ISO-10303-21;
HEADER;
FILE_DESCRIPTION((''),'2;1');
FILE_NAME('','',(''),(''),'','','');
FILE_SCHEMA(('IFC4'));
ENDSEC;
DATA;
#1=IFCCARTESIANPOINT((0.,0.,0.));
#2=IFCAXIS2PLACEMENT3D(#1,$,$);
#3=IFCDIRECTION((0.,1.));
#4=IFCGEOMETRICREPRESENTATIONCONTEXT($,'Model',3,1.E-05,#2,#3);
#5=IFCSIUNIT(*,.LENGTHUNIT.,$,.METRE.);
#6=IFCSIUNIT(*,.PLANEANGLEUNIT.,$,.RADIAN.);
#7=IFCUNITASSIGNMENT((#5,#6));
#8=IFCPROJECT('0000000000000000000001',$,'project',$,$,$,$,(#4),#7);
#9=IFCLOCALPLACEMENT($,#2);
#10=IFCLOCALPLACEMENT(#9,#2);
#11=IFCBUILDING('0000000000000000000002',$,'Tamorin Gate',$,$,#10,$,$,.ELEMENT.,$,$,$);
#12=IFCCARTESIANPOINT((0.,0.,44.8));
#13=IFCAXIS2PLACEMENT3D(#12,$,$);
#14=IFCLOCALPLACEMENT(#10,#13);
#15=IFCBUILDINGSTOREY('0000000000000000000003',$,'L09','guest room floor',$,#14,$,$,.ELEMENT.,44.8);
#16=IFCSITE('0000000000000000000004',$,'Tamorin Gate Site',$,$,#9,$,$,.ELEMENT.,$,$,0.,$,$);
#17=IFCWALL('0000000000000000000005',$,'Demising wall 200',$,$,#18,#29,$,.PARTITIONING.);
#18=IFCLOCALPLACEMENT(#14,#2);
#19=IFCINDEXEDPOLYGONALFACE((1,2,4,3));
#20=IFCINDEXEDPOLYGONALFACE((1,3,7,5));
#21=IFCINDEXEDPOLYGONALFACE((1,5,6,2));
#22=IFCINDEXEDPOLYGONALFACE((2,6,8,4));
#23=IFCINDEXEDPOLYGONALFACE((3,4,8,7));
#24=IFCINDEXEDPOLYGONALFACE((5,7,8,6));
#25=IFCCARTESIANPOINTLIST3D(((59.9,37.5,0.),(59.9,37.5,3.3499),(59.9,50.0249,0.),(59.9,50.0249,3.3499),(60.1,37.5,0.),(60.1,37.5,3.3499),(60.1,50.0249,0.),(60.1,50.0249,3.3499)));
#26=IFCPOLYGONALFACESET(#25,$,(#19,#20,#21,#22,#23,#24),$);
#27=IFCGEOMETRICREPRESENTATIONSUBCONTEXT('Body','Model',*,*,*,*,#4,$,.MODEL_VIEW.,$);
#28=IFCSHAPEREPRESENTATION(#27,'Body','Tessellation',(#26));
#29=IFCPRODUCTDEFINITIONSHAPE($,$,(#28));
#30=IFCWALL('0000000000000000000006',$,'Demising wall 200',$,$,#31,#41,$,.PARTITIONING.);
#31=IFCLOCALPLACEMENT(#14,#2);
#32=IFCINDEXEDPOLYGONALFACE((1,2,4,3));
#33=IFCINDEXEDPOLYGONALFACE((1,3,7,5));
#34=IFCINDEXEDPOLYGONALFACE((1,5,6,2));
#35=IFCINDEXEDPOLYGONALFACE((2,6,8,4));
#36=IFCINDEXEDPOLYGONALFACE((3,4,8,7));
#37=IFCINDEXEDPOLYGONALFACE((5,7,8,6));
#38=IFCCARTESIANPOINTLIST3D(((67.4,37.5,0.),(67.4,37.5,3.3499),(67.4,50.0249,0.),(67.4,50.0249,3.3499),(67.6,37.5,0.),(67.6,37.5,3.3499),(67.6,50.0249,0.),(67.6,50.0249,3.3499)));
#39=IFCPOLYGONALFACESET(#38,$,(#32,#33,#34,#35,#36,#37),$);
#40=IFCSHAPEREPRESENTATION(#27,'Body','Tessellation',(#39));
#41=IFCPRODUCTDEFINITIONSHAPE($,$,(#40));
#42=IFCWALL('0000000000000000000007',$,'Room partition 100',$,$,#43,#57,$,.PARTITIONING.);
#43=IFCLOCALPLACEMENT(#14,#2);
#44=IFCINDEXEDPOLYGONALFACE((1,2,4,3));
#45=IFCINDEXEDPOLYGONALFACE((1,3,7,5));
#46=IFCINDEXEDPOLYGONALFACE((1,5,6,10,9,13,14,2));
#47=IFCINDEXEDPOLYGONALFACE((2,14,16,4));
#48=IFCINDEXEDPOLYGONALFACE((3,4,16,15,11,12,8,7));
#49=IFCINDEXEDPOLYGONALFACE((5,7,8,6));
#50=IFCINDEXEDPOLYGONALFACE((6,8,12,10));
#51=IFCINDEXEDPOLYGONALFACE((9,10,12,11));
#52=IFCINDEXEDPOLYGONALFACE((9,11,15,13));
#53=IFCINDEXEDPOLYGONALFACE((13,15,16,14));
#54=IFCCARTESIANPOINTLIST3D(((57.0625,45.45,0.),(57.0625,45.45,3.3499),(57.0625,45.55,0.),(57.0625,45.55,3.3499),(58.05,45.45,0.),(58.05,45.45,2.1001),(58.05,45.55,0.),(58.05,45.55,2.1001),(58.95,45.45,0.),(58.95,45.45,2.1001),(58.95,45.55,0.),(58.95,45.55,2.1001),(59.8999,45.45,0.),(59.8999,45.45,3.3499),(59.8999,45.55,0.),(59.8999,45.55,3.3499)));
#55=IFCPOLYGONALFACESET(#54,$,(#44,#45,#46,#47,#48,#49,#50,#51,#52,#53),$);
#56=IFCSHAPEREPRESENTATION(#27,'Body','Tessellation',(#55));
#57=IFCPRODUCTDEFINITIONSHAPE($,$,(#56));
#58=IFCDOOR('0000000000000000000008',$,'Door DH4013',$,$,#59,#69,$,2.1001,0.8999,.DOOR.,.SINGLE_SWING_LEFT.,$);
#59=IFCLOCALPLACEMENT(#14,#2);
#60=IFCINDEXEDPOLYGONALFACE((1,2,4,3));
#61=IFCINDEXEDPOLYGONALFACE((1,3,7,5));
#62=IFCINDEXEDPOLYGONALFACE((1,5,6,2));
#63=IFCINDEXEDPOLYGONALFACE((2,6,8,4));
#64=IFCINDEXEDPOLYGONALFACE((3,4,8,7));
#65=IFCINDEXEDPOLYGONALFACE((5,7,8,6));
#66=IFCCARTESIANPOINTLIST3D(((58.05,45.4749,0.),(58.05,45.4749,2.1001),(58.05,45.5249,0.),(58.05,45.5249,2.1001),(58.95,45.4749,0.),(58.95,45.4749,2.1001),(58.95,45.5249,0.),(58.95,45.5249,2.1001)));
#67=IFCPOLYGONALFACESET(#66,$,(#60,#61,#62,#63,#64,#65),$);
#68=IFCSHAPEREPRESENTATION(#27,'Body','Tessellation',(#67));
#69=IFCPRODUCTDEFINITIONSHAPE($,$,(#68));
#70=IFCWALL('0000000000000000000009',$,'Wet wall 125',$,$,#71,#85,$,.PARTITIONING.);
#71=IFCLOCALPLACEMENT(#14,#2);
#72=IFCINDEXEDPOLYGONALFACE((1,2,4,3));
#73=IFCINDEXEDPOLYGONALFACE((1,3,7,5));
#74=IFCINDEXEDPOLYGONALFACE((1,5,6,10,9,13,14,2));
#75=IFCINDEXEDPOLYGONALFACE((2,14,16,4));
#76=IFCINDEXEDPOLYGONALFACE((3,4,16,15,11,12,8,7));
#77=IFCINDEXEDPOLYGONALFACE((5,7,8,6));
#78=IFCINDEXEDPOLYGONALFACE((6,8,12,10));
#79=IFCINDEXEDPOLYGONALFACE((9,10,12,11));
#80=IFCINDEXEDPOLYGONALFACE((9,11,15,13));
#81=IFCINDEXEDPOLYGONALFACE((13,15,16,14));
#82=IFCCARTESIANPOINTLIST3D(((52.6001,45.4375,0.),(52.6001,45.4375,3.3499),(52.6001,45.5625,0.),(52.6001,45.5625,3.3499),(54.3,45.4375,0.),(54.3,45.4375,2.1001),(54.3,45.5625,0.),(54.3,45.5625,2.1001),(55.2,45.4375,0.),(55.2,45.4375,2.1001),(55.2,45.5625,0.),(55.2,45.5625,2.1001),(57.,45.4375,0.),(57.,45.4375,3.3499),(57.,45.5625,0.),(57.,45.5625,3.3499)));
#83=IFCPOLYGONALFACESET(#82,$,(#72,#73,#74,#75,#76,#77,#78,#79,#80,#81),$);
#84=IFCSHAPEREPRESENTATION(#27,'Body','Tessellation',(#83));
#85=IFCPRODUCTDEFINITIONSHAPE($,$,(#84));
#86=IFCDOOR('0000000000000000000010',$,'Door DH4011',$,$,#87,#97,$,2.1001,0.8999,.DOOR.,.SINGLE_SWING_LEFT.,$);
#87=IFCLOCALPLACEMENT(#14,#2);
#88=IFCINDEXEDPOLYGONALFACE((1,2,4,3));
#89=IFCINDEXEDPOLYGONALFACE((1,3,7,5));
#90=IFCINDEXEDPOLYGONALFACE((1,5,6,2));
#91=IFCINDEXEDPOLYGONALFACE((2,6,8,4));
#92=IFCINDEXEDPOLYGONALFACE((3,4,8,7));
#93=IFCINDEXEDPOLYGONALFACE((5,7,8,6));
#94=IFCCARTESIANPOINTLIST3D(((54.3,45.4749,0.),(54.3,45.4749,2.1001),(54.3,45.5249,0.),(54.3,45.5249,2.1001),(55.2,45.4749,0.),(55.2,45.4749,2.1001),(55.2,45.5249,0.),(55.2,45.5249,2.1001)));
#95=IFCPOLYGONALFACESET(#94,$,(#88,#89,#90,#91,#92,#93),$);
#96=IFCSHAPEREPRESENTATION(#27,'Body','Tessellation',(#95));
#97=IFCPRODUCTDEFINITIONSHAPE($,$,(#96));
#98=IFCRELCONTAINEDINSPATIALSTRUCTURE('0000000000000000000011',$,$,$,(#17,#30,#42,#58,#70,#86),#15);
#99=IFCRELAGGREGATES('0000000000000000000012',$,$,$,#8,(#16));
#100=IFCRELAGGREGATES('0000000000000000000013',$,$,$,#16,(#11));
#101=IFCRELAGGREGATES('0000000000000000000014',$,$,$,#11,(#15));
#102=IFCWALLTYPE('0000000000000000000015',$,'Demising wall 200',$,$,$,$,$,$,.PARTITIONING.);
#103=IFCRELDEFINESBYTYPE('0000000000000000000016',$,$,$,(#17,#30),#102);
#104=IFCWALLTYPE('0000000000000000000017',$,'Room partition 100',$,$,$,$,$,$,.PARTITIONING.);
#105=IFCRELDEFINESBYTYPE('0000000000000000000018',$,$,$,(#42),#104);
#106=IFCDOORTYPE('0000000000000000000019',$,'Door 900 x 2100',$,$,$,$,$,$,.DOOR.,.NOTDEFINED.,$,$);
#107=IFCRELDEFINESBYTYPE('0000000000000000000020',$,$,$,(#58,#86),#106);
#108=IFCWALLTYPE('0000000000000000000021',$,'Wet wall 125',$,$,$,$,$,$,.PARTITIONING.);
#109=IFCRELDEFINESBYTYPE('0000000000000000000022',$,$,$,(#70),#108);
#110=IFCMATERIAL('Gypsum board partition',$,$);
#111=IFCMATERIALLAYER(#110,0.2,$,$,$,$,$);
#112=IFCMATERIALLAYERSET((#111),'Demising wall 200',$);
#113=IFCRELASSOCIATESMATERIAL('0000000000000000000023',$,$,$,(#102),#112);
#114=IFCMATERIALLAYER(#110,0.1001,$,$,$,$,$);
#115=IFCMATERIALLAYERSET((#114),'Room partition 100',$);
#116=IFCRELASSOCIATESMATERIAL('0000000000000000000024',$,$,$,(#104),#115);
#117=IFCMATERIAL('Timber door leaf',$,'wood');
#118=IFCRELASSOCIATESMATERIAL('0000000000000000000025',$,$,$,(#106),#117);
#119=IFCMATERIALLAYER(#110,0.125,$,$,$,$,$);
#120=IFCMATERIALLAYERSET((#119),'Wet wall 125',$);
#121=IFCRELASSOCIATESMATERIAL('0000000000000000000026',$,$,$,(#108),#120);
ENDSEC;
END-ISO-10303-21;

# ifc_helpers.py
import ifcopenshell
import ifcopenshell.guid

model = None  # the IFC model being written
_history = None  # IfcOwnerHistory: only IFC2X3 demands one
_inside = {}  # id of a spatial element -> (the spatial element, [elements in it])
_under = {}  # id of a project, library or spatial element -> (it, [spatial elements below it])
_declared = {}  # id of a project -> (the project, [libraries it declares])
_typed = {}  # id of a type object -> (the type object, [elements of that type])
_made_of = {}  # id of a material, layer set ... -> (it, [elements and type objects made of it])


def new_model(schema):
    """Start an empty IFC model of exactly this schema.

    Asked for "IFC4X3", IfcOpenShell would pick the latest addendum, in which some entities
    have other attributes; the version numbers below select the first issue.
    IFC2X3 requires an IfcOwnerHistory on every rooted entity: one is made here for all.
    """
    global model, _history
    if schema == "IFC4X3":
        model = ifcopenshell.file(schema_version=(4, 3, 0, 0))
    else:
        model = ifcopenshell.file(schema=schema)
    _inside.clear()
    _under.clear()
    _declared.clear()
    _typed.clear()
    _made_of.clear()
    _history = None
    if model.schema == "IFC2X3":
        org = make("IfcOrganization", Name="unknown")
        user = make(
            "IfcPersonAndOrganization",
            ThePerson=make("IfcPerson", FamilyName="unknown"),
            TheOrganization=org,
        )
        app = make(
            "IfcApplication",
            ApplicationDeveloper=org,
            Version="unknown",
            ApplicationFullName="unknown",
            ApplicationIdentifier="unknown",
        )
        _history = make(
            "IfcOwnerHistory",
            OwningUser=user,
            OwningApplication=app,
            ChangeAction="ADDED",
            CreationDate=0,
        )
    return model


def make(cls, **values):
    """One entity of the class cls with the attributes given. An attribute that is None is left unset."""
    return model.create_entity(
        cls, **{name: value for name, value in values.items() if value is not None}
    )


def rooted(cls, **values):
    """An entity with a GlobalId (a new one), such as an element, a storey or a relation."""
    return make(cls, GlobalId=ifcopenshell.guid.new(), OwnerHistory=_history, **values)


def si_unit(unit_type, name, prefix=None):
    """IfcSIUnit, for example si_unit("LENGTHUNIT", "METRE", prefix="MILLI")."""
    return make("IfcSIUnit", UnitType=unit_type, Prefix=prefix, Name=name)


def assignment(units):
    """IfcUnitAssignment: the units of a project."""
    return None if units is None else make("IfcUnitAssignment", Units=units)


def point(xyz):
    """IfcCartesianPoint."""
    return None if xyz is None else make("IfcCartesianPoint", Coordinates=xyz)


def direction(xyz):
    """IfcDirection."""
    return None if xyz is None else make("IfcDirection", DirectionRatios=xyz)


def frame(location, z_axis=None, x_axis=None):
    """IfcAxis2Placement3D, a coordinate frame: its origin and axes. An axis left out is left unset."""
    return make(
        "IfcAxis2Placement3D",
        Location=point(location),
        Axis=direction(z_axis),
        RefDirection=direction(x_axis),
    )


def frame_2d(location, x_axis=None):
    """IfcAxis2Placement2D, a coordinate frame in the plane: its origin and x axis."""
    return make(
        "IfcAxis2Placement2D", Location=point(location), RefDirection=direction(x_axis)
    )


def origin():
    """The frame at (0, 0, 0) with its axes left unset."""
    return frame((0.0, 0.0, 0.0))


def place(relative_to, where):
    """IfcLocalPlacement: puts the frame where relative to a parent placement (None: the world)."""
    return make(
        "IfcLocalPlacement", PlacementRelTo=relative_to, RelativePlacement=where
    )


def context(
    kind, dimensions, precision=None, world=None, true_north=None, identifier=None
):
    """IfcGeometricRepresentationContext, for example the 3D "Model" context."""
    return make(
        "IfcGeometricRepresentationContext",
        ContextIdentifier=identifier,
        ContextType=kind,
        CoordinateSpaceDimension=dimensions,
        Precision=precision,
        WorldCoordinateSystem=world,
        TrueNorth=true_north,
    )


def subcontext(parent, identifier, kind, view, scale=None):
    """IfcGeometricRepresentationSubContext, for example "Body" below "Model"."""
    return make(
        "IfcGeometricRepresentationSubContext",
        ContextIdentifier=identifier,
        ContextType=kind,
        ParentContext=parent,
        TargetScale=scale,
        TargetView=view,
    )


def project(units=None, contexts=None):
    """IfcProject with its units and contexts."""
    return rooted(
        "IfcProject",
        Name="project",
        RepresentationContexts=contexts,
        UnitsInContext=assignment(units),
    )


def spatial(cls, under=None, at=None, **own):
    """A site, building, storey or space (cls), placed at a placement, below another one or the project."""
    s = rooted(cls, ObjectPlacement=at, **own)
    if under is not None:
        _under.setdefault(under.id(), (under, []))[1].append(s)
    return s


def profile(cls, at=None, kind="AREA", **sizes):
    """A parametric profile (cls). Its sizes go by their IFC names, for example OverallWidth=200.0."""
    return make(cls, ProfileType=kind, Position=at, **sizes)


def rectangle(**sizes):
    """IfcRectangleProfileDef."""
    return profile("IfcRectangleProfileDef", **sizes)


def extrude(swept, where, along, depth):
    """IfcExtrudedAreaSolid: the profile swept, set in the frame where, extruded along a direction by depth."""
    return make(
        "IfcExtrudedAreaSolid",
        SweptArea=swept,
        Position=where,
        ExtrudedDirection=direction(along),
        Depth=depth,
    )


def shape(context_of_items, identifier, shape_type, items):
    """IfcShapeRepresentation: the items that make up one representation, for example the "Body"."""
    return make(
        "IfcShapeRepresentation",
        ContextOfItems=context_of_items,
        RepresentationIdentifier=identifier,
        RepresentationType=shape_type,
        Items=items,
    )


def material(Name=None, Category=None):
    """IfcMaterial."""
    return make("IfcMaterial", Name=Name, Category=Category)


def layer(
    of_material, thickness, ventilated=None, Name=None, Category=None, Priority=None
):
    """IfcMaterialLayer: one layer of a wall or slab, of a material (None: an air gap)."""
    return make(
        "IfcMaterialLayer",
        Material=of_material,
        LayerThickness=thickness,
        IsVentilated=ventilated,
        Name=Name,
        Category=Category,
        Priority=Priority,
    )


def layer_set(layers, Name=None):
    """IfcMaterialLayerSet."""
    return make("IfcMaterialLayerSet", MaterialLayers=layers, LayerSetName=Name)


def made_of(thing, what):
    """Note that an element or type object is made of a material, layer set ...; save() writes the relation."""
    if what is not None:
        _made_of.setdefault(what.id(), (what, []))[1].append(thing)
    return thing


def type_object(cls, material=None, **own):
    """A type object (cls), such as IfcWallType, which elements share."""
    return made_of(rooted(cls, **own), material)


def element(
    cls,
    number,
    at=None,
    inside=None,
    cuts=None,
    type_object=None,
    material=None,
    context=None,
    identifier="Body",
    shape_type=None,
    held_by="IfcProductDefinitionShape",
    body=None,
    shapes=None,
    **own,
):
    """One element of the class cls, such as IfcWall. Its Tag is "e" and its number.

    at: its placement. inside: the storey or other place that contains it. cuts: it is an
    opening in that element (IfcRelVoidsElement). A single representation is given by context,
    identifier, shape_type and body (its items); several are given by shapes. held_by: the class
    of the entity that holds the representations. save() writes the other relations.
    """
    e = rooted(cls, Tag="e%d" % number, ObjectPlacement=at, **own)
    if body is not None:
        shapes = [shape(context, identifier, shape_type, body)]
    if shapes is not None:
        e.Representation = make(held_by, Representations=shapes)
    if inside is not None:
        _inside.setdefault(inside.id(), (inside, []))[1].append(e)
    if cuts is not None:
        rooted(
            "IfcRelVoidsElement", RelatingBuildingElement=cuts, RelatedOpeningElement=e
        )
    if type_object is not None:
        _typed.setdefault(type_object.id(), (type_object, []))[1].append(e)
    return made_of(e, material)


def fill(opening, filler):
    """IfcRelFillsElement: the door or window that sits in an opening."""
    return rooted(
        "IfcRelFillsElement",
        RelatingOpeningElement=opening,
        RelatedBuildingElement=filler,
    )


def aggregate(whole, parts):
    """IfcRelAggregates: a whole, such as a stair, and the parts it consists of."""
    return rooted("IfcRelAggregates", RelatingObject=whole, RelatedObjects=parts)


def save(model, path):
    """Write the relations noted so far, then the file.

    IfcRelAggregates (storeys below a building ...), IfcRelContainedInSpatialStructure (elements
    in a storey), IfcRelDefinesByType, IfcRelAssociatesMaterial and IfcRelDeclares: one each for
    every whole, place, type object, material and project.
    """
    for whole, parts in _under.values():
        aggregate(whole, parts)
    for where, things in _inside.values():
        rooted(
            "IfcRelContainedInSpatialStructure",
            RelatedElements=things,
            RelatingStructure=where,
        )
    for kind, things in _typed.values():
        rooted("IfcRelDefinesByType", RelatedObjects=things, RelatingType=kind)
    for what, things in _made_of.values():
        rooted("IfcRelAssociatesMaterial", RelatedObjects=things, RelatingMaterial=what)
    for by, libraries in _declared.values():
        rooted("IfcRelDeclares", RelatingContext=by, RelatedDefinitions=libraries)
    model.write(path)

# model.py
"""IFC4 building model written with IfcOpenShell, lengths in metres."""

from ifc_helpers import new_model, si_unit, direction, frame, frame_2d, origin, place, context, subcontext, project, spatial, rectangle, extrude, material, layer, layer_set, type_object, element, fill, save


model = new_model("IFC4")

# Units and contexts
model_context = context("Model", 3, precision=1e-05, world=origin(), true_north=direction((0.0, 1.0)))
body_context = subcontext(model_context, "Body", "Model", "MODEL_VIEW")
ifc_project = project(units=[si_unit("LENGTHUNIT", "METRE"), si_unit("PLANEANGLEUNIT", "RADIAN")], contexts=[model_context])

# Site, building, storey
site_placement = place(None, origin())
site = spatial("IfcSite", under=ifc_project, at=site_placement, Name="Tamorin Gate Site", CompositionType="ELEMENT", RefElevation=0.0)
building_placement = place(site_placement, origin())
building = spatial("IfcBuilding", under=site, at=building_placement, Name="Tamorin Gate", CompositionType="ELEMENT")
storey_placement = place(building_placement, frame((0.0, 0.0, 44.8)))
storey = spatial("IfcBuildingStorey", under=building, at=storey_placement, Name="L09", Description="guest room floor", CompositionType="ELEMENT", Elevation=44.8)

# Walls
ifc_material_1 = material(Name="Gypsum board partition")
ifc_layer_1 = layer(ifc_material_1, 0.2)
ifc_layer_set_1 = layer_set([ifc_layer_1], Name="Demising wall 200")
wall_type_1 = type_object("IfcWallType", Name="Demising wall 200", PredefinedType="PARTITIONING", material=ifc_layer_set_1)
for number, where, z_axis, x_axis, name in (
    (1, (60.0, 37.5, 0.0), (0.0, 0.0, 1.0), (0.0, 1.0, 0.0), "Demising wall 200"),
    (2, (67.5, 37.5, 0.0), (0.0, 0.0, 1.0), (0.0, 1.0, 0.0), "Demising wall 200"),
):
    element("IfcWall", number, at=place(storey_placement, frame(where, z_axis=z_axis, x_axis=x_axis)), inside=storey, type_object=wall_type_1, Name=name, PredefinedType="PARTITIONING", context=body_context, shape_type="SweptSolid", body=[
        extrude(rectangle(XDim=12.5249, YDim=0.2, at=frame_2d((6.2625, 0.0))), origin(), (0.0, 0.0, 1.0), 3.3499),
    ])

# Walls, openings, doors
ifc_layer_2 = layer(ifc_material_1, 0.1001)
ifc_layer_set_2 = layer_set([ifc_layer_2], Name="Room partition 100")
wall_type_2 = type_object("IfcWallType", Name="Room partition 100", PredefinedType="PARTITIONING", material=ifc_layer_set_2)
wall_1_placement = place(storey_placement, frame((57.0625, 45.5, 0.0), z_axis=(0.0, 0.0, 1.0), x_axis=(1.0, 0.0, 0.0)))
wall_1 = element("IfcWall", 3, at=wall_1_placement, inside=storey, type_object=wall_type_2, Name="Room partition 100", PredefinedType="PARTITIONING", context=body_context, shape_type="SweptSolid", body=[
    extrude(rectangle(XDim=2.8374, YDim=0.1001, at=frame_2d((1.4187, 0.0))), origin(), (0.0, 0.0, 1.0), 3.3499),
])
opening_1_placement = place(wall_1_placement, frame((0.9875, 0.0, 0.0)))
opening_1 = element("IfcOpeningElement", 4, at=opening_1_placement, cuts=wall_1, PredefinedType="OPENING", context=body_context, shape_type="SweptSolid", body=[
    extrude(rectangle(XDim=0.8999, YDim=2.1001, at=frame_2d((0.45, 1.05))), frame((0.0, 0.0601, 0.0), z_axis=(0.0, -1.0, 0.0), x_axis=(1.0, 0.0, 0.0)), (0.0, 0.0, 1.0), 0.1201),
])
ifc_material_2 = material(Name="Timber door leaf", Category="wood")
door_type = type_object("IfcDoorType", Name="Door 900 x 2100", OperationType="NOTDEFINED", PredefinedType="DOOR", material=ifc_material_2)
door_1_placement = place(opening_1_placement, origin())
door_1 = element("IfcDoor", 5, at=door_1_placement, inside=storey, type_object=door_type, Name="Door DH4013", OperationType="SINGLE_SWING_LEFT", OverallHeight=2.1001, OverallWidth=0.8999, PredefinedType="DOOR", context=body_context, shape_type="SweptSolid", body=[
    extrude(rectangle(XDim=0.8999, YDim=2.1001, at=frame_2d((0.45, 1.05))), frame((0.0, 0.0249, 0.0), z_axis=(0.0, -1.0, 0.0), x_axis=(1.0, 0.0, 0.0)), (0.0, 0.0, 1.0), 0.05),
])
fill(opening_1, door_1)
ifc_layer_3 = layer(ifc_material_1, 0.125)
ifc_layer_set_3 = layer_set([ifc_layer_3], Name="Wet wall 125")
wall_type_3 = type_object("IfcWallType", Name="Wet wall 125", PredefinedType="PARTITIONING", material=ifc_layer_set_3)
wall_2_placement = place(storey_placement, frame((52.6001, 45.5, 0.0), z_axis=(0.0, 0.0, 1.0), x_axis=(1.0, 0.0, 0.0)))
wall_2 = element("IfcWall", 6, at=wall_2_placement, inside=storey, type_object=wall_type_3, Name="Wet wall 125", PredefinedType="PARTITIONING", context=body_context, shape_type="SweptSolid", body=[
    extrude(rectangle(XDim=4.3999, YDim=0.125, at=frame_2d((2.2, 0.0))), origin(), (0.0, 0.0, 1.0), 3.3499),
])
opening_2_placement = place(wall_2_placement, frame((1.7, 0.0, 0.0)))
opening_2 = element("IfcOpeningElement", 7, at=opening_2_placement, cuts=wall_2, PredefinedType="OPENING", context=body_context, shape_type="SweptSolid", body=[
    extrude(rectangle(XDim=0.8999, YDim=2.1001, at=frame_2d((0.45, 1.05))), frame((0.0, 0.0725, 0.0), z_axis=(0.0, -1.0, 0.0), x_axis=(1.0, 0.0, 0.0)), (0.0, 0.0, 1.0), 0.145),
])
door_2_placement = place(opening_2_placement, origin())
door_2 = element("IfcDoor", 8, at=door_2_placement, inside=storey, type_object=door_type, Name="Door DH4011", OperationType="SINGLE_SWING_LEFT", OverallHeight=2.1001, OverallWidth=0.8999, PredefinedType="DOOR", context=body_context, shape_type="SweptSolid", body=[
    extrude(rectangle(XDim=0.8999, YDim=2.1001, at=frame_2d((0.45, 1.05))), frame((0.0, 0.0249, 0.0), z_axis=(0.0, -1.0, 0.0), x_axis=(1.0, 0.0, 0.0)), (0.0, 0.0, 1.0), 0.05),
])
fill(opening_2, door_2)

save(model, "model.ifc")
